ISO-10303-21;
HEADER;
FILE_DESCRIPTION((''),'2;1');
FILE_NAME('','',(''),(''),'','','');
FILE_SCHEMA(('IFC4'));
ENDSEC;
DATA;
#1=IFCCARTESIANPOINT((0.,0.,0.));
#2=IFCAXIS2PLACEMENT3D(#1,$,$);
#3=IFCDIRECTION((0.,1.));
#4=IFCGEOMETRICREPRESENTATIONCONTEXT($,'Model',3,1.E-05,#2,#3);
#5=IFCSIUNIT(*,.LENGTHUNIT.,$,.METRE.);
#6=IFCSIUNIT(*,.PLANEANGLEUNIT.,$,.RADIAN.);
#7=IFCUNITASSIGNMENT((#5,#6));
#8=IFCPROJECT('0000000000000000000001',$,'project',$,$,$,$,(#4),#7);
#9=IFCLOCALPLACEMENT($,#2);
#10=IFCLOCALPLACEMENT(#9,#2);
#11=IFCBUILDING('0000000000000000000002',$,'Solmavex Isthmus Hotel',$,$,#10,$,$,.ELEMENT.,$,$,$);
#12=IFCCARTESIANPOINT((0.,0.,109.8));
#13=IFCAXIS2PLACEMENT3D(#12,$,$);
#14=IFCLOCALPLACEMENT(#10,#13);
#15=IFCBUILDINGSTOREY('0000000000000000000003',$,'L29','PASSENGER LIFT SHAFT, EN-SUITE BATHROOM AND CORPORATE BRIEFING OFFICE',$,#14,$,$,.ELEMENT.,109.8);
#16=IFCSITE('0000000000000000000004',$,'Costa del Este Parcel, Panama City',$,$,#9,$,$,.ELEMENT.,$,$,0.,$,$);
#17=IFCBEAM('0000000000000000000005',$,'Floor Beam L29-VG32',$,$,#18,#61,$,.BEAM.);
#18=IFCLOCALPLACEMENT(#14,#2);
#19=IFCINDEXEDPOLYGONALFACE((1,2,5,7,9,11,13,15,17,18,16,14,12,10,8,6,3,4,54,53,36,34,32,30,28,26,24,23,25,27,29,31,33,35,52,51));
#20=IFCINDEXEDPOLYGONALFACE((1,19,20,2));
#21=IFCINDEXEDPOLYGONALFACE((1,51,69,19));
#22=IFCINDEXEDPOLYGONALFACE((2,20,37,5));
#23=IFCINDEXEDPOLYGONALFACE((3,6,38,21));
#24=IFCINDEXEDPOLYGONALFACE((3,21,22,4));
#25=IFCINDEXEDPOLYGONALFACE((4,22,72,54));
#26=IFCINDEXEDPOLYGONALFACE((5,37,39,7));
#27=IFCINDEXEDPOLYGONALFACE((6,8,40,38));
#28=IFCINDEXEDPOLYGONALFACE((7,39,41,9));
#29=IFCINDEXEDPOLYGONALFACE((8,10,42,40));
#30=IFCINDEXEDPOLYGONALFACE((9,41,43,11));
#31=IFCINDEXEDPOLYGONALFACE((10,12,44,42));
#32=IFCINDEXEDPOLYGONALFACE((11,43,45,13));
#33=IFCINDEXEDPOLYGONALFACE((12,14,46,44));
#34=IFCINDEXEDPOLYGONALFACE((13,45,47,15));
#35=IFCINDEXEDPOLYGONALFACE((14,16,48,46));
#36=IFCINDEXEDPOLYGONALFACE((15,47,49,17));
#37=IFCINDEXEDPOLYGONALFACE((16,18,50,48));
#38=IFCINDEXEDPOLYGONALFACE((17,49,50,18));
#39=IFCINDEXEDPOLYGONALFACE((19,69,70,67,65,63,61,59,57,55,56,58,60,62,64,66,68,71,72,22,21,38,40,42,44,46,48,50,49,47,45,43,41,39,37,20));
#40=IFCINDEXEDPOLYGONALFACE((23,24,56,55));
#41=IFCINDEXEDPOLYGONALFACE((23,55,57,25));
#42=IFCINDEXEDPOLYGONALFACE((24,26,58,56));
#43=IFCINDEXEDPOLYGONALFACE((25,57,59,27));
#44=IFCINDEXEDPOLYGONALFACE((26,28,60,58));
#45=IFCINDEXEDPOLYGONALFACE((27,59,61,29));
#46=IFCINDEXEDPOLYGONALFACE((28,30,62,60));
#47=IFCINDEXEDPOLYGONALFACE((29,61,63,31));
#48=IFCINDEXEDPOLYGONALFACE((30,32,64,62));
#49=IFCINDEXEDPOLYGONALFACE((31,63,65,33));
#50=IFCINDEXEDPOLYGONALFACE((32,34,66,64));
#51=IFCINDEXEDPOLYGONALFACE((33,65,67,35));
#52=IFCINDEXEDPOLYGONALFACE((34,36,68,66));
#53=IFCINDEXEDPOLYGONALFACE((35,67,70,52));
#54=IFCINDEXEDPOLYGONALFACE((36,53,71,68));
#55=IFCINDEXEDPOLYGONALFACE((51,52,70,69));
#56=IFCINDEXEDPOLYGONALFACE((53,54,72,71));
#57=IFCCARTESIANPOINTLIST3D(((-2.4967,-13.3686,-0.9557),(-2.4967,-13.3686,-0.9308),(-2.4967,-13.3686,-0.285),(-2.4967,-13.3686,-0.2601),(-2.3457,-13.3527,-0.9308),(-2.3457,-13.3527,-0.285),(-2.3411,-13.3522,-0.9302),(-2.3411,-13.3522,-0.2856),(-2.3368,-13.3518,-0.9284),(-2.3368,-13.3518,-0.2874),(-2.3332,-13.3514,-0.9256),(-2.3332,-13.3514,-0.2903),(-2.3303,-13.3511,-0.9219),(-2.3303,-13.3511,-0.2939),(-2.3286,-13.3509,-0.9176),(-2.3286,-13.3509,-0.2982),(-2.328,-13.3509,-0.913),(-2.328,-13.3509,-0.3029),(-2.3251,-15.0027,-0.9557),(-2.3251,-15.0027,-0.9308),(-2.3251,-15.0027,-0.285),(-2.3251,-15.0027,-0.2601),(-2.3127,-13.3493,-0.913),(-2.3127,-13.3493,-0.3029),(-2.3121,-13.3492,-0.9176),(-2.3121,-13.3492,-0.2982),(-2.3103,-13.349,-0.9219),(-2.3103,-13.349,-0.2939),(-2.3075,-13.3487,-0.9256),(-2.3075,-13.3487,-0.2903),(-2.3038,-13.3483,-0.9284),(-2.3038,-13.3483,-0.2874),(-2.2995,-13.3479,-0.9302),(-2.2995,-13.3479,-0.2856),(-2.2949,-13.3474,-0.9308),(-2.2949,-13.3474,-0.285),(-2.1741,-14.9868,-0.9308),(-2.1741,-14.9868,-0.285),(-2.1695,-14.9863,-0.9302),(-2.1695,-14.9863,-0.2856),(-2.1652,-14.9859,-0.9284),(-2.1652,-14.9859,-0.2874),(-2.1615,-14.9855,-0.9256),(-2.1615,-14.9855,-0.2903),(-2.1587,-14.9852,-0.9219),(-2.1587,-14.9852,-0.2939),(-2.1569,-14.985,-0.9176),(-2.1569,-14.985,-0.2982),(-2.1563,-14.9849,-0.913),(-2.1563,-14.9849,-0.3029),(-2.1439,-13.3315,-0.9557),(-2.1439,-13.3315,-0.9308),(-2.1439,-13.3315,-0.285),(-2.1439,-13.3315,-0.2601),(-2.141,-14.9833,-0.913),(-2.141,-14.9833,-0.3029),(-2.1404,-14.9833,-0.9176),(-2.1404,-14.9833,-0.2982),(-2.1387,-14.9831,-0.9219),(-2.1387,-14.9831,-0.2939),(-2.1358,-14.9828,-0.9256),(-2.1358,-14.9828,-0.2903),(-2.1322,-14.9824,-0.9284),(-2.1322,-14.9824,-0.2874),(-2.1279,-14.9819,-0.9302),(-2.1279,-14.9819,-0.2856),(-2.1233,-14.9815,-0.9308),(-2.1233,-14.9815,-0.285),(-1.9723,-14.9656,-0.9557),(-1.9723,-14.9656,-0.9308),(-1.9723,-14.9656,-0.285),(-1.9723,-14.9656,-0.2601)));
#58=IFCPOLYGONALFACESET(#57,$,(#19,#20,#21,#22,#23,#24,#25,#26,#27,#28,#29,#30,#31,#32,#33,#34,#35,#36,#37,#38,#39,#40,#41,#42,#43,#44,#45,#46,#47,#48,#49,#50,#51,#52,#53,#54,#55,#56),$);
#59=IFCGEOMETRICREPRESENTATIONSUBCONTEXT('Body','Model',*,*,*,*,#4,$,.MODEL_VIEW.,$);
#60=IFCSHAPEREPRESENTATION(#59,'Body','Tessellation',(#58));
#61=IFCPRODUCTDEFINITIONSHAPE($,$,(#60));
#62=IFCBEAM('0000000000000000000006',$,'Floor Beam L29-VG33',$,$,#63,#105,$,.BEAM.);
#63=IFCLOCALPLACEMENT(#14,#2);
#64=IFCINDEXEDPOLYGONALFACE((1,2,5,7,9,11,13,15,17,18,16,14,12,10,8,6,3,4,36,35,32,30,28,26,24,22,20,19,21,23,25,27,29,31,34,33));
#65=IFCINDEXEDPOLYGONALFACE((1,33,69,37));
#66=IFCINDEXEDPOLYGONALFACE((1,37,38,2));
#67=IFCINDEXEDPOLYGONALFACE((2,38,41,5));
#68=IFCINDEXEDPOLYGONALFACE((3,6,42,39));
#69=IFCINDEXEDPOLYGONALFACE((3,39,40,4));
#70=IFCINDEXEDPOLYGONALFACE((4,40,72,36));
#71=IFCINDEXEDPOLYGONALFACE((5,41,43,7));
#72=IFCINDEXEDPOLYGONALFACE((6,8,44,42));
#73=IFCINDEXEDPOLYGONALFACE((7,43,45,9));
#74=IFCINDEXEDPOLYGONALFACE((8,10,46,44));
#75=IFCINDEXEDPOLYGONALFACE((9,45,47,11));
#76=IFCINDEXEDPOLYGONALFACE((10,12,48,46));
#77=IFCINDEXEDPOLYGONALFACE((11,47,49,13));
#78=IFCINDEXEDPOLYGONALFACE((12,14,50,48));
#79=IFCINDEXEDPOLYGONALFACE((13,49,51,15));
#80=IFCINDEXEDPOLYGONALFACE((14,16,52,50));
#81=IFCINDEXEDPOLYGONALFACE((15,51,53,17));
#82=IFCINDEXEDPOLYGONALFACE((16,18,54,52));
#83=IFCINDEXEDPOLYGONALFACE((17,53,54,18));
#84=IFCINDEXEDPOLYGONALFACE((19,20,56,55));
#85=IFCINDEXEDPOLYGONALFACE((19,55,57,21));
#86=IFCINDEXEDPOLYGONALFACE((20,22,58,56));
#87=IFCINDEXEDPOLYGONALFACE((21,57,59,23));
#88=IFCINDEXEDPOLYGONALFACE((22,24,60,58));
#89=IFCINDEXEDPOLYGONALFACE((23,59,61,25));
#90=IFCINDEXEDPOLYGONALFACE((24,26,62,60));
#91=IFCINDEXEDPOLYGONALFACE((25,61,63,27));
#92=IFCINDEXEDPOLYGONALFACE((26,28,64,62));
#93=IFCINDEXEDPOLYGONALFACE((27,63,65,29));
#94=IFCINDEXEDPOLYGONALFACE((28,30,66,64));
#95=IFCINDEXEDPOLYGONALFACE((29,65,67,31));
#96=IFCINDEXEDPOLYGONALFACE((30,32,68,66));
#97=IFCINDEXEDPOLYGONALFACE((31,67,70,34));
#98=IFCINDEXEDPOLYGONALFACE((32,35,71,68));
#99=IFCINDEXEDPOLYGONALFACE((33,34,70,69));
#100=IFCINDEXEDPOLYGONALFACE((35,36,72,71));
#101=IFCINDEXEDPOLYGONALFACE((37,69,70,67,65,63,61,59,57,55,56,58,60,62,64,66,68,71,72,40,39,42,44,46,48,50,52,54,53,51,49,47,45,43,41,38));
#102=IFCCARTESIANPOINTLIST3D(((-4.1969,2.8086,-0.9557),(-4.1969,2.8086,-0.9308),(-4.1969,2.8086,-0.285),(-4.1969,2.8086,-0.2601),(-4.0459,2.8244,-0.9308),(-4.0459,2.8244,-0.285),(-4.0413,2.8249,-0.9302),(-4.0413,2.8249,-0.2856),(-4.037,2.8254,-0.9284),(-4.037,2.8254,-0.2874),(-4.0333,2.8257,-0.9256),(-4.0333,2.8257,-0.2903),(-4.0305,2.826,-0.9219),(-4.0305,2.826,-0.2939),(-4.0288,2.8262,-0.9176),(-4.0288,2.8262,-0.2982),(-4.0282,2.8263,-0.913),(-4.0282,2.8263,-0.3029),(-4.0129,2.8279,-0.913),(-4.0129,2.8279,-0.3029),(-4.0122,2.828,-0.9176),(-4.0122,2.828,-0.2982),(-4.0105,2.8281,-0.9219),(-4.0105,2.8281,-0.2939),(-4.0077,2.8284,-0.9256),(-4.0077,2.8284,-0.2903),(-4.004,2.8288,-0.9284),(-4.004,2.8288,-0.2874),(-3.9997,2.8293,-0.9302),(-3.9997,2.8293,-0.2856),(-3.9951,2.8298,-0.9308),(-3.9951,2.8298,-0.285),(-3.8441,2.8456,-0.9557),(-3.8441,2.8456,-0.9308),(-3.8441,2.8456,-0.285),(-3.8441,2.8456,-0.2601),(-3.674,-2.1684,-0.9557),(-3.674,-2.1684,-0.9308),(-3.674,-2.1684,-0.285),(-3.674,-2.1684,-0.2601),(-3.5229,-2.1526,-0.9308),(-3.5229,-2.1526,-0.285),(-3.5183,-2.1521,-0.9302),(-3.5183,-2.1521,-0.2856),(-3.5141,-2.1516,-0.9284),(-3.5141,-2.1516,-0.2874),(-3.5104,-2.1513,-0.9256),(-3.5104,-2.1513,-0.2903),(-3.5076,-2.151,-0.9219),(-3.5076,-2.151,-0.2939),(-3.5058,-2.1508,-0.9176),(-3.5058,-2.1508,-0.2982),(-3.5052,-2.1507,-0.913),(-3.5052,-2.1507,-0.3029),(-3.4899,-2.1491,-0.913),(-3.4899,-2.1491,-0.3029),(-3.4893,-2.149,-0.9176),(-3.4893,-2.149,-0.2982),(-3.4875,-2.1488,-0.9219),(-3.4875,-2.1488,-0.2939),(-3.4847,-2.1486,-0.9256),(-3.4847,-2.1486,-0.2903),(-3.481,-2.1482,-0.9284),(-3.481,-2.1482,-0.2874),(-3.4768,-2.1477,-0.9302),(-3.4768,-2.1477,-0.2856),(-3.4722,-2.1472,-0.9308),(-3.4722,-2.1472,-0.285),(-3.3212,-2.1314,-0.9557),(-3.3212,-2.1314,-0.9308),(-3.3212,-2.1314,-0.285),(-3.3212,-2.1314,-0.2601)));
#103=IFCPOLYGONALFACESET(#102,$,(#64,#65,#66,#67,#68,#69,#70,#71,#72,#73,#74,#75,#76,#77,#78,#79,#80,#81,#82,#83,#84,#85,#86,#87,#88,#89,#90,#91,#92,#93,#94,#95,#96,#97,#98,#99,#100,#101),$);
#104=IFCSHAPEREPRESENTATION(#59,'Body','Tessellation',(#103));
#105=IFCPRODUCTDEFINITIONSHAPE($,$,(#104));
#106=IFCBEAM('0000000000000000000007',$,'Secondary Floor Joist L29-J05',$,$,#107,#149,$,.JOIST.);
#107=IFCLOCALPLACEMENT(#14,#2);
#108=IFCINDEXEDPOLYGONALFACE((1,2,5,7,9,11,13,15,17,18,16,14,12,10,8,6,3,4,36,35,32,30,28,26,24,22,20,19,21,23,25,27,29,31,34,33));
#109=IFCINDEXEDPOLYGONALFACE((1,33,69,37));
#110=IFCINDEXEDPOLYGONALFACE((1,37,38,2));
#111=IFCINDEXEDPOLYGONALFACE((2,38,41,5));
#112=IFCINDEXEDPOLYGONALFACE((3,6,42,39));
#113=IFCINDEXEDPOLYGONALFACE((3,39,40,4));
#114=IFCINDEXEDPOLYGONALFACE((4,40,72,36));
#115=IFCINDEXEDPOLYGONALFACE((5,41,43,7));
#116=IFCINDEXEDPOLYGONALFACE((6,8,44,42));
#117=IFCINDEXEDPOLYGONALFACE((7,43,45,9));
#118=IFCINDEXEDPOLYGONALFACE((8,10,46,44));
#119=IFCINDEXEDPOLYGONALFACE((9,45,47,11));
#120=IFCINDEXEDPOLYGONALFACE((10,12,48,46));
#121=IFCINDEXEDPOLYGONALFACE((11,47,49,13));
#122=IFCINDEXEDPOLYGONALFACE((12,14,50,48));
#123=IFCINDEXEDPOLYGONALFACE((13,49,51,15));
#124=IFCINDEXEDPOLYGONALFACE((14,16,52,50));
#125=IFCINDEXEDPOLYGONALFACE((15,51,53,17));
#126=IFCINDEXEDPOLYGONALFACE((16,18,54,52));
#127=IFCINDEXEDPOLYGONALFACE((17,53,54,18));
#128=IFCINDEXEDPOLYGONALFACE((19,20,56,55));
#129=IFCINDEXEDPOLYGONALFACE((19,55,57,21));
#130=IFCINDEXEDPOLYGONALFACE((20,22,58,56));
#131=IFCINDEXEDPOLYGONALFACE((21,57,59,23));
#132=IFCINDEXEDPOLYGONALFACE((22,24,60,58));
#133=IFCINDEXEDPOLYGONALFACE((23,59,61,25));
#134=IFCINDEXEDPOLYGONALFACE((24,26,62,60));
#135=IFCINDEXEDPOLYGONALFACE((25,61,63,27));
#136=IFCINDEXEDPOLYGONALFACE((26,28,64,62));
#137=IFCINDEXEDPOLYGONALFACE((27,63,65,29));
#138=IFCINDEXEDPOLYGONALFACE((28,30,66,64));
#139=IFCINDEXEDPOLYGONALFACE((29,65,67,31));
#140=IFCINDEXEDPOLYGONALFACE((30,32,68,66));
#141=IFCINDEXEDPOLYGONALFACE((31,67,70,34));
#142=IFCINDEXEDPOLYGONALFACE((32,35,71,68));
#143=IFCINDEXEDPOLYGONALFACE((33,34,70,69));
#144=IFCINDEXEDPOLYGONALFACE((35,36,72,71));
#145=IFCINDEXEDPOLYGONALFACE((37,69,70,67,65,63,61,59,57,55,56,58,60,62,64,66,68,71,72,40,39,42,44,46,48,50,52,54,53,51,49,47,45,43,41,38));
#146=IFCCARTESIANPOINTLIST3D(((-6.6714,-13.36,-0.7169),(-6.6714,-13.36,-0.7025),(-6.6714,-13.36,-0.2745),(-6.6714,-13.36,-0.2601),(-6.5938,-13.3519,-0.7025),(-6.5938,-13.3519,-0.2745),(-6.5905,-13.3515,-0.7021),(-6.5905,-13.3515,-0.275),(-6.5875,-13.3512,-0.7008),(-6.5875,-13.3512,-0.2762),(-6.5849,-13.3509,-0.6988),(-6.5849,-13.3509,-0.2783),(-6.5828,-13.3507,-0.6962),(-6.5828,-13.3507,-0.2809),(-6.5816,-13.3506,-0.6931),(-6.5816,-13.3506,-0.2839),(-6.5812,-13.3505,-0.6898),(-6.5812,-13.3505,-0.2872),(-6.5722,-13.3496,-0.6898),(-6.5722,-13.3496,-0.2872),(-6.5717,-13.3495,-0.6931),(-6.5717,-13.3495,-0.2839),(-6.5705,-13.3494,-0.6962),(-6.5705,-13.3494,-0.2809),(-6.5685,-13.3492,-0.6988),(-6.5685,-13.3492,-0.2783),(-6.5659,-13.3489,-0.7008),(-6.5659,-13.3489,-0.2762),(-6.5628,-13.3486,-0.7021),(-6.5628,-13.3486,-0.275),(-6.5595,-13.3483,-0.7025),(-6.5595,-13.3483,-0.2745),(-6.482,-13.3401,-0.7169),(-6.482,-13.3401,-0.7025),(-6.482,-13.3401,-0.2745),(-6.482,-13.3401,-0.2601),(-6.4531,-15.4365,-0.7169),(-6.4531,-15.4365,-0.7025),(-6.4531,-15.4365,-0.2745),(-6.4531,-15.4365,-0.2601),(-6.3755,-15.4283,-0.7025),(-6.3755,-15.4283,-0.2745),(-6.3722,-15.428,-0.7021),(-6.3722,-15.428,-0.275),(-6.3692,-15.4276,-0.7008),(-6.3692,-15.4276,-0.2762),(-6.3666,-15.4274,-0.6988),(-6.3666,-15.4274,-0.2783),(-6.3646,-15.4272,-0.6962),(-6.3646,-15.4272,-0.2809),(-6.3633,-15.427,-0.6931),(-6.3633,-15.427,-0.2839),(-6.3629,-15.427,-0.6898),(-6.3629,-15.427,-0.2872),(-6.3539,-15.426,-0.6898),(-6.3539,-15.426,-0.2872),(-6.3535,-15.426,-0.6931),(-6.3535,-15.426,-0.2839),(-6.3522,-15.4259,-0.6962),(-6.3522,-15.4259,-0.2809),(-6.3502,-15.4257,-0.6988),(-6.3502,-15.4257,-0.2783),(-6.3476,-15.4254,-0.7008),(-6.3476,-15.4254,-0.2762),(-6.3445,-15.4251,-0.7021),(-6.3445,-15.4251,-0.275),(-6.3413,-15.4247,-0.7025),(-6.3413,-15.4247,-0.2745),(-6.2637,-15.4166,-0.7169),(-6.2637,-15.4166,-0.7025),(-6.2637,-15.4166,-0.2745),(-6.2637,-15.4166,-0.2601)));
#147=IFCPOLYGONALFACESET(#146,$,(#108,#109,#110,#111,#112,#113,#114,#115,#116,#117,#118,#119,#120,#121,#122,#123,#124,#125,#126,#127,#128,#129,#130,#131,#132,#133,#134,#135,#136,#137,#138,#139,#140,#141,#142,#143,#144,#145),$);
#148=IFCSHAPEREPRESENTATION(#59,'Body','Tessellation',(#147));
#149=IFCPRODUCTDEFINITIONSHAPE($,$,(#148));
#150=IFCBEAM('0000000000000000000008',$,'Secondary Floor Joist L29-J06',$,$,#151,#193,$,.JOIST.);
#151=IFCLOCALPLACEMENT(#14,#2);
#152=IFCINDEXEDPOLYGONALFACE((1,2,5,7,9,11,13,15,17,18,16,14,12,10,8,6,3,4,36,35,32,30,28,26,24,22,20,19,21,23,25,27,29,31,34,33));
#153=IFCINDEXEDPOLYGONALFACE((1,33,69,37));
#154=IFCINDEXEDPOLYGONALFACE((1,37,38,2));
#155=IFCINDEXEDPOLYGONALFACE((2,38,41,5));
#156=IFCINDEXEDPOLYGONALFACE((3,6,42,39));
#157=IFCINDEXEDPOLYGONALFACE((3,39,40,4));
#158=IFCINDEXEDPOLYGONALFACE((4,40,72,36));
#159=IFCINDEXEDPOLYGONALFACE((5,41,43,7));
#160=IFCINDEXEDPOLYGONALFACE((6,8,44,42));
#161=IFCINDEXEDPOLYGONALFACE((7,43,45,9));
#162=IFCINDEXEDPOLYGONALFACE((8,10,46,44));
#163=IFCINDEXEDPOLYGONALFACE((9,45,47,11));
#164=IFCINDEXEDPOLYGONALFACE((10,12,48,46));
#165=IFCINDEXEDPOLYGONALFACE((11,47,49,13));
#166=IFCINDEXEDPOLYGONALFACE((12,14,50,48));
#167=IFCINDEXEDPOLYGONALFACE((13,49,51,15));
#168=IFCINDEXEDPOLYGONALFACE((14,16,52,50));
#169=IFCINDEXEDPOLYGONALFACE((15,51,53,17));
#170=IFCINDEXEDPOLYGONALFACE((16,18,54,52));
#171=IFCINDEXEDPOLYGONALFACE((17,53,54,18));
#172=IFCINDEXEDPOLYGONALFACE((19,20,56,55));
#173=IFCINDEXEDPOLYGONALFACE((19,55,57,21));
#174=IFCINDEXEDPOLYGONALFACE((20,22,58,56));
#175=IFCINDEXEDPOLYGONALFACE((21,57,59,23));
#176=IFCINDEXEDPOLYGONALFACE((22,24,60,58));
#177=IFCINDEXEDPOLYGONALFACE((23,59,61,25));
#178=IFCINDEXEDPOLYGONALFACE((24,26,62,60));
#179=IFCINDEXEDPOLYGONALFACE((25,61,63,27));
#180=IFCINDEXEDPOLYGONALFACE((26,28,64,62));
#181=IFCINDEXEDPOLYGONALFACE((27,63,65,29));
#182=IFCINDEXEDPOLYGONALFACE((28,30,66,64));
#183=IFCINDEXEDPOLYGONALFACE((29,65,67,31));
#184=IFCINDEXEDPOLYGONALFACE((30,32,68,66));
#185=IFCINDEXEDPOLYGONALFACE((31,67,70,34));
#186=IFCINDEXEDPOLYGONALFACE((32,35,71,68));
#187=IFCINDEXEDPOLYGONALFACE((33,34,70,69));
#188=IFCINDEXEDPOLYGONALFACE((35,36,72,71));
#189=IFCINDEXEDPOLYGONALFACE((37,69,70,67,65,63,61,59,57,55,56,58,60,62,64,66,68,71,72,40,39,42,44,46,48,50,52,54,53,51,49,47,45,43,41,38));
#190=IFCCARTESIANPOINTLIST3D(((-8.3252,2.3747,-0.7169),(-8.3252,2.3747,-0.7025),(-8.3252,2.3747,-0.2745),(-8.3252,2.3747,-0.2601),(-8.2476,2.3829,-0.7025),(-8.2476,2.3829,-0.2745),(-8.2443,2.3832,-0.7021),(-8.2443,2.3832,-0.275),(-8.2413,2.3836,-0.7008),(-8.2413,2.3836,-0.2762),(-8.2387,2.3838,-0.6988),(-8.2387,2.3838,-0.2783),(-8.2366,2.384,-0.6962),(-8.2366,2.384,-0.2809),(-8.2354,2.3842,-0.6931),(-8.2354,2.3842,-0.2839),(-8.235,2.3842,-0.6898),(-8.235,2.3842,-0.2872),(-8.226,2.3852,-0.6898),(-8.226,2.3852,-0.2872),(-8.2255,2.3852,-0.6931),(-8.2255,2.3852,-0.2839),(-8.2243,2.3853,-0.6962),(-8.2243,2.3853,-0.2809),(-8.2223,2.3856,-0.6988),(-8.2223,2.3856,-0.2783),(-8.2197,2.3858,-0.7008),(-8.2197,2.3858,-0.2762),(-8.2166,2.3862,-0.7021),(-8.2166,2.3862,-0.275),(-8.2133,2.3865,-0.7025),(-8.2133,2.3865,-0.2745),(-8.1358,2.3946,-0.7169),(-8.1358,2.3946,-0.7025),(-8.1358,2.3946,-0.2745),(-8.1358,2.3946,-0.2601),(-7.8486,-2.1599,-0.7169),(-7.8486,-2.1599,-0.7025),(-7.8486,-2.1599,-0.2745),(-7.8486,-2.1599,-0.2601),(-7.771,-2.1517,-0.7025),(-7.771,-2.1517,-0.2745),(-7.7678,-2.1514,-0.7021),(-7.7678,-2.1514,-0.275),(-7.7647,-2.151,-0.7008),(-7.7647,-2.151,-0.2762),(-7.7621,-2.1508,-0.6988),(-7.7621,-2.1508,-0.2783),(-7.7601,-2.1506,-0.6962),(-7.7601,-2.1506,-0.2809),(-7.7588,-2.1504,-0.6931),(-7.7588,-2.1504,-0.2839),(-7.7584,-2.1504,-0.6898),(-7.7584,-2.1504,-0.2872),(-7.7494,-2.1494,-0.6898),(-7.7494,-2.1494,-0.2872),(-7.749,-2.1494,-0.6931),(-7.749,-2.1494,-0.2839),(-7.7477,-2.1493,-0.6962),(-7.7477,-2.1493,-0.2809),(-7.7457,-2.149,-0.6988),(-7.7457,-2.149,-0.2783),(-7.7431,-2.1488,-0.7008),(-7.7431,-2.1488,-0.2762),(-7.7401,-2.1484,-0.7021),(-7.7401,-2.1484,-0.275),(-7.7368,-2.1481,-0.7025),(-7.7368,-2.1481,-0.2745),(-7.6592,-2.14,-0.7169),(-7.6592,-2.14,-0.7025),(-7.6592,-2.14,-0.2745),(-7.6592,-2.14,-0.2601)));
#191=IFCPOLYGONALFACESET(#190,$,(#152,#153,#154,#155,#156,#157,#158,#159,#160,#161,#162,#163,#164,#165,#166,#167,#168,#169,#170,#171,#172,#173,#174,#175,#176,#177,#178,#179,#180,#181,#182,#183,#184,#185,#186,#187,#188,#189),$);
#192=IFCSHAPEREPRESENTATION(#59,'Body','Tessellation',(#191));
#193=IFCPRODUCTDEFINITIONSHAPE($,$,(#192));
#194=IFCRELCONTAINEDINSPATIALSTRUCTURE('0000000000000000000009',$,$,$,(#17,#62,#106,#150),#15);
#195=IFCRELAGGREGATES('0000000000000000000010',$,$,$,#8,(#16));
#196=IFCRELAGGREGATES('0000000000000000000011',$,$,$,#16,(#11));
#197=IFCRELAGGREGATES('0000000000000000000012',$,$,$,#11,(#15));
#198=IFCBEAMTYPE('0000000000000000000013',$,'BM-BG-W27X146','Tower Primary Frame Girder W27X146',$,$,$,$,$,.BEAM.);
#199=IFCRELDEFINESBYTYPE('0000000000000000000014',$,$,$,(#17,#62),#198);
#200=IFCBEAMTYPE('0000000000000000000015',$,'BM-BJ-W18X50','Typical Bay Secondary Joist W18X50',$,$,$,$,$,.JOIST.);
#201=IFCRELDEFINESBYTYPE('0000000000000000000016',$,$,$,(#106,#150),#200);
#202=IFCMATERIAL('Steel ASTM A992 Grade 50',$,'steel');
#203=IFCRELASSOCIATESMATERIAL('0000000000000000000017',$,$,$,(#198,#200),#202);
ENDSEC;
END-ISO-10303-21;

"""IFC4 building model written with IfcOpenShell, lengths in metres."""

from ifc_helpers import new_model, si_unit, direction, frame, origin, origin_2d, place, context, subcontext, project, spatial, i_section, extrude, material, material_profile, profile_set, type_object, element, save


model = new_model("IFC4")

# Units and contexts
model_context = context("Model", 3, precision=1e-05, world=origin(), true_north=direction((0.0, 1.0)))
body_context = subcontext(model_context, "Body", "Model", "MODEL_VIEW")
ifc_project = project(units=[si_unit("LENGTHUNIT", "METRE"), si_unit("PLANEANGLEUNIT", "RADIAN")], contexts=[model_context])

# Site, building, storey
site_placement = place(None, origin())
site = spatial("IfcSite", under=ifc_project, at=site_placement, Name="Costa del Este Parcel, Panama City", CompositionType="ELEMENT", RefElevation=0.0)
building_placement = place(site_placement, origin())
building = spatial("IfcBuilding", under=site, at=building_placement, Name="Solmavex Isthmus Hotel", CompositionType="ELEMENT")
storey_placement = place(building_placement, frame((0.0, 0.0, 109.8)))
storey = spatial("IfcBuildingStorey", under=building, at=storey_placement, Name="L29", Description="PASSENGER LIFT SHAFT, EN-SUITE BATHROOM AND CORPORATE BRIEFING OFFICE", CompositionType="ELEMENT", Elevation=109.8)

# Beams
ifc_material_1 = material(Name="Steel ASTM A992 Grade 50", Category="steel")
ifc_material_profile_1 = material_profile(ifc_material_1, i_section(OverallWidth=0.3547, OverallDepth=0.6956, WebThickness=0.0154, FlangeThickness=0.0249, FilletRadius=0.0178, at=origin_2d()), Name="W27X146")
ifc_profile_set_1 = profile_set([ifc_material_profile_1], Name="Steel ASTM A992 Grade 50")
beam_type_1 = type_object("IfcBeamType", Name="BM-BG-W27X146", Description="Tower Primary Frame Girder W27X146", PredefinedType="BEAM", material=ifc_profile_set_1)
beam_1_placement = place(storey_placement, frame((-2.1487, -14.9841, -0.6079), z_axis=(-0.10446, 0.994529, 0.0), x_axis=(-0.994529, -0.10446, 0.0)))
element("IfcBeam", 1, at=beam_1_placement, inside=storey, type_object=beam_type_1, Name="Floor Beam L29-VG32", PredefinedType="BEAM", context=body_context, shape_type="SweptSolid", body=[
    extrude(i_section(OverallWidth=0.3547, OverallDepth=0.6956, WebThickness=0.0154, FlangeThickness=0.0249, FilletRadius=0.0178, at=origin_2d()), origin(), (0.0, 0.0, 1.0), 1.6431),
])
beam_2_placement = place(storey_placement, frame((-3.4976, -2.1499, -0.6079), z_axis=(-0.104497, 0.994525, 0.0), x_axis=(-0.994525, -0.104497, 0.0)))
element("IfcBeam", 2, at=beam_2_placement, inside=storey, type_object=beam_type_1, Name="Floor Beam L29-VG33", PredefinedType="BEAM", context=body_context, shape_type="SweptSolid", body=[
    extrude(i_section(OverallWidth=0.3547, OverallDepth=0.6956, WebThickness=0.0154, FlangeThickness=0.0249, FilletRadius=0.0178, at=origin_2d()), origin(), (0.0, 0.0, 1.0), 5.0044),
])
ifc_material_profile_2 = material_profile(ifc_material_1, i_section(OverallWidth=0.1904, OverallDepth=0.4568, WebThickness=0.009, FlangeThickness=0.0144, FilletRadius=0.0127, at=origin_2d()), Name="W18X50")
ifc_profile_set_2 = profile_set([ifc_material_profile_2], Name="Steel ASTM A992 Grade 50")
beam_type_2 = type_object("IfcBeamType", Name="BM-BJ-W18X50", Description="Typical Bay Secondary Joist W18X50", PredefinedType="JOIST", material=ifc_profile_set_2)
beam_3_placement = place(storey_placement, frame((-6.3584, -15.4265, -0.4885), z_axis=(-0.104539, 0.994521, 0.0), x_axis=(-0.994521, -0.104539, 0.0)))
element("IfcBeam", 3, at=beam_3_placement, inside=storey, type_object=beam_type_2, Name="Secondary Floor Joist L29-J05", PredefinedType="JOIST", context=body_context, shape_type="SweptSolid", body=[
    extrude(i_section(OverallWidth=0.1904, OverallDepth=0.4568, WebThickness=0.009, FlangeThickness=0.0144, FilletRadius=0.0127, at=origin_2d()), origin(), (0.0, 0.0, 1.0), 2.0879),
])
beam_4_placement = place(storey_placement, frame((-7.7539, -2.1499, -0.4885), z_axis=(-0.104518, 0.994523, 0.0), x_axis=(-0.994523, -0.104518, 0.0)))
element("IfcBeam", 4, at=beam_4_placement, inside=storey, type_object=beam_type_2, Name="Secondary Floor Joist L29-J06", PredefinedType="JOIST", context=body_context, shape_type="SweptSolid", body=[
    extrude(i_section(OverallWidth=0.1904, OverallDepth=0.4568, WebThickness=0.009, FlangeThickness=0.0144, FilletRadius=0.0127, at=origin_2d()), origin(), (0.0, 0.0, 1.0), 4.5596),
])

save(model, "model.ifc")
